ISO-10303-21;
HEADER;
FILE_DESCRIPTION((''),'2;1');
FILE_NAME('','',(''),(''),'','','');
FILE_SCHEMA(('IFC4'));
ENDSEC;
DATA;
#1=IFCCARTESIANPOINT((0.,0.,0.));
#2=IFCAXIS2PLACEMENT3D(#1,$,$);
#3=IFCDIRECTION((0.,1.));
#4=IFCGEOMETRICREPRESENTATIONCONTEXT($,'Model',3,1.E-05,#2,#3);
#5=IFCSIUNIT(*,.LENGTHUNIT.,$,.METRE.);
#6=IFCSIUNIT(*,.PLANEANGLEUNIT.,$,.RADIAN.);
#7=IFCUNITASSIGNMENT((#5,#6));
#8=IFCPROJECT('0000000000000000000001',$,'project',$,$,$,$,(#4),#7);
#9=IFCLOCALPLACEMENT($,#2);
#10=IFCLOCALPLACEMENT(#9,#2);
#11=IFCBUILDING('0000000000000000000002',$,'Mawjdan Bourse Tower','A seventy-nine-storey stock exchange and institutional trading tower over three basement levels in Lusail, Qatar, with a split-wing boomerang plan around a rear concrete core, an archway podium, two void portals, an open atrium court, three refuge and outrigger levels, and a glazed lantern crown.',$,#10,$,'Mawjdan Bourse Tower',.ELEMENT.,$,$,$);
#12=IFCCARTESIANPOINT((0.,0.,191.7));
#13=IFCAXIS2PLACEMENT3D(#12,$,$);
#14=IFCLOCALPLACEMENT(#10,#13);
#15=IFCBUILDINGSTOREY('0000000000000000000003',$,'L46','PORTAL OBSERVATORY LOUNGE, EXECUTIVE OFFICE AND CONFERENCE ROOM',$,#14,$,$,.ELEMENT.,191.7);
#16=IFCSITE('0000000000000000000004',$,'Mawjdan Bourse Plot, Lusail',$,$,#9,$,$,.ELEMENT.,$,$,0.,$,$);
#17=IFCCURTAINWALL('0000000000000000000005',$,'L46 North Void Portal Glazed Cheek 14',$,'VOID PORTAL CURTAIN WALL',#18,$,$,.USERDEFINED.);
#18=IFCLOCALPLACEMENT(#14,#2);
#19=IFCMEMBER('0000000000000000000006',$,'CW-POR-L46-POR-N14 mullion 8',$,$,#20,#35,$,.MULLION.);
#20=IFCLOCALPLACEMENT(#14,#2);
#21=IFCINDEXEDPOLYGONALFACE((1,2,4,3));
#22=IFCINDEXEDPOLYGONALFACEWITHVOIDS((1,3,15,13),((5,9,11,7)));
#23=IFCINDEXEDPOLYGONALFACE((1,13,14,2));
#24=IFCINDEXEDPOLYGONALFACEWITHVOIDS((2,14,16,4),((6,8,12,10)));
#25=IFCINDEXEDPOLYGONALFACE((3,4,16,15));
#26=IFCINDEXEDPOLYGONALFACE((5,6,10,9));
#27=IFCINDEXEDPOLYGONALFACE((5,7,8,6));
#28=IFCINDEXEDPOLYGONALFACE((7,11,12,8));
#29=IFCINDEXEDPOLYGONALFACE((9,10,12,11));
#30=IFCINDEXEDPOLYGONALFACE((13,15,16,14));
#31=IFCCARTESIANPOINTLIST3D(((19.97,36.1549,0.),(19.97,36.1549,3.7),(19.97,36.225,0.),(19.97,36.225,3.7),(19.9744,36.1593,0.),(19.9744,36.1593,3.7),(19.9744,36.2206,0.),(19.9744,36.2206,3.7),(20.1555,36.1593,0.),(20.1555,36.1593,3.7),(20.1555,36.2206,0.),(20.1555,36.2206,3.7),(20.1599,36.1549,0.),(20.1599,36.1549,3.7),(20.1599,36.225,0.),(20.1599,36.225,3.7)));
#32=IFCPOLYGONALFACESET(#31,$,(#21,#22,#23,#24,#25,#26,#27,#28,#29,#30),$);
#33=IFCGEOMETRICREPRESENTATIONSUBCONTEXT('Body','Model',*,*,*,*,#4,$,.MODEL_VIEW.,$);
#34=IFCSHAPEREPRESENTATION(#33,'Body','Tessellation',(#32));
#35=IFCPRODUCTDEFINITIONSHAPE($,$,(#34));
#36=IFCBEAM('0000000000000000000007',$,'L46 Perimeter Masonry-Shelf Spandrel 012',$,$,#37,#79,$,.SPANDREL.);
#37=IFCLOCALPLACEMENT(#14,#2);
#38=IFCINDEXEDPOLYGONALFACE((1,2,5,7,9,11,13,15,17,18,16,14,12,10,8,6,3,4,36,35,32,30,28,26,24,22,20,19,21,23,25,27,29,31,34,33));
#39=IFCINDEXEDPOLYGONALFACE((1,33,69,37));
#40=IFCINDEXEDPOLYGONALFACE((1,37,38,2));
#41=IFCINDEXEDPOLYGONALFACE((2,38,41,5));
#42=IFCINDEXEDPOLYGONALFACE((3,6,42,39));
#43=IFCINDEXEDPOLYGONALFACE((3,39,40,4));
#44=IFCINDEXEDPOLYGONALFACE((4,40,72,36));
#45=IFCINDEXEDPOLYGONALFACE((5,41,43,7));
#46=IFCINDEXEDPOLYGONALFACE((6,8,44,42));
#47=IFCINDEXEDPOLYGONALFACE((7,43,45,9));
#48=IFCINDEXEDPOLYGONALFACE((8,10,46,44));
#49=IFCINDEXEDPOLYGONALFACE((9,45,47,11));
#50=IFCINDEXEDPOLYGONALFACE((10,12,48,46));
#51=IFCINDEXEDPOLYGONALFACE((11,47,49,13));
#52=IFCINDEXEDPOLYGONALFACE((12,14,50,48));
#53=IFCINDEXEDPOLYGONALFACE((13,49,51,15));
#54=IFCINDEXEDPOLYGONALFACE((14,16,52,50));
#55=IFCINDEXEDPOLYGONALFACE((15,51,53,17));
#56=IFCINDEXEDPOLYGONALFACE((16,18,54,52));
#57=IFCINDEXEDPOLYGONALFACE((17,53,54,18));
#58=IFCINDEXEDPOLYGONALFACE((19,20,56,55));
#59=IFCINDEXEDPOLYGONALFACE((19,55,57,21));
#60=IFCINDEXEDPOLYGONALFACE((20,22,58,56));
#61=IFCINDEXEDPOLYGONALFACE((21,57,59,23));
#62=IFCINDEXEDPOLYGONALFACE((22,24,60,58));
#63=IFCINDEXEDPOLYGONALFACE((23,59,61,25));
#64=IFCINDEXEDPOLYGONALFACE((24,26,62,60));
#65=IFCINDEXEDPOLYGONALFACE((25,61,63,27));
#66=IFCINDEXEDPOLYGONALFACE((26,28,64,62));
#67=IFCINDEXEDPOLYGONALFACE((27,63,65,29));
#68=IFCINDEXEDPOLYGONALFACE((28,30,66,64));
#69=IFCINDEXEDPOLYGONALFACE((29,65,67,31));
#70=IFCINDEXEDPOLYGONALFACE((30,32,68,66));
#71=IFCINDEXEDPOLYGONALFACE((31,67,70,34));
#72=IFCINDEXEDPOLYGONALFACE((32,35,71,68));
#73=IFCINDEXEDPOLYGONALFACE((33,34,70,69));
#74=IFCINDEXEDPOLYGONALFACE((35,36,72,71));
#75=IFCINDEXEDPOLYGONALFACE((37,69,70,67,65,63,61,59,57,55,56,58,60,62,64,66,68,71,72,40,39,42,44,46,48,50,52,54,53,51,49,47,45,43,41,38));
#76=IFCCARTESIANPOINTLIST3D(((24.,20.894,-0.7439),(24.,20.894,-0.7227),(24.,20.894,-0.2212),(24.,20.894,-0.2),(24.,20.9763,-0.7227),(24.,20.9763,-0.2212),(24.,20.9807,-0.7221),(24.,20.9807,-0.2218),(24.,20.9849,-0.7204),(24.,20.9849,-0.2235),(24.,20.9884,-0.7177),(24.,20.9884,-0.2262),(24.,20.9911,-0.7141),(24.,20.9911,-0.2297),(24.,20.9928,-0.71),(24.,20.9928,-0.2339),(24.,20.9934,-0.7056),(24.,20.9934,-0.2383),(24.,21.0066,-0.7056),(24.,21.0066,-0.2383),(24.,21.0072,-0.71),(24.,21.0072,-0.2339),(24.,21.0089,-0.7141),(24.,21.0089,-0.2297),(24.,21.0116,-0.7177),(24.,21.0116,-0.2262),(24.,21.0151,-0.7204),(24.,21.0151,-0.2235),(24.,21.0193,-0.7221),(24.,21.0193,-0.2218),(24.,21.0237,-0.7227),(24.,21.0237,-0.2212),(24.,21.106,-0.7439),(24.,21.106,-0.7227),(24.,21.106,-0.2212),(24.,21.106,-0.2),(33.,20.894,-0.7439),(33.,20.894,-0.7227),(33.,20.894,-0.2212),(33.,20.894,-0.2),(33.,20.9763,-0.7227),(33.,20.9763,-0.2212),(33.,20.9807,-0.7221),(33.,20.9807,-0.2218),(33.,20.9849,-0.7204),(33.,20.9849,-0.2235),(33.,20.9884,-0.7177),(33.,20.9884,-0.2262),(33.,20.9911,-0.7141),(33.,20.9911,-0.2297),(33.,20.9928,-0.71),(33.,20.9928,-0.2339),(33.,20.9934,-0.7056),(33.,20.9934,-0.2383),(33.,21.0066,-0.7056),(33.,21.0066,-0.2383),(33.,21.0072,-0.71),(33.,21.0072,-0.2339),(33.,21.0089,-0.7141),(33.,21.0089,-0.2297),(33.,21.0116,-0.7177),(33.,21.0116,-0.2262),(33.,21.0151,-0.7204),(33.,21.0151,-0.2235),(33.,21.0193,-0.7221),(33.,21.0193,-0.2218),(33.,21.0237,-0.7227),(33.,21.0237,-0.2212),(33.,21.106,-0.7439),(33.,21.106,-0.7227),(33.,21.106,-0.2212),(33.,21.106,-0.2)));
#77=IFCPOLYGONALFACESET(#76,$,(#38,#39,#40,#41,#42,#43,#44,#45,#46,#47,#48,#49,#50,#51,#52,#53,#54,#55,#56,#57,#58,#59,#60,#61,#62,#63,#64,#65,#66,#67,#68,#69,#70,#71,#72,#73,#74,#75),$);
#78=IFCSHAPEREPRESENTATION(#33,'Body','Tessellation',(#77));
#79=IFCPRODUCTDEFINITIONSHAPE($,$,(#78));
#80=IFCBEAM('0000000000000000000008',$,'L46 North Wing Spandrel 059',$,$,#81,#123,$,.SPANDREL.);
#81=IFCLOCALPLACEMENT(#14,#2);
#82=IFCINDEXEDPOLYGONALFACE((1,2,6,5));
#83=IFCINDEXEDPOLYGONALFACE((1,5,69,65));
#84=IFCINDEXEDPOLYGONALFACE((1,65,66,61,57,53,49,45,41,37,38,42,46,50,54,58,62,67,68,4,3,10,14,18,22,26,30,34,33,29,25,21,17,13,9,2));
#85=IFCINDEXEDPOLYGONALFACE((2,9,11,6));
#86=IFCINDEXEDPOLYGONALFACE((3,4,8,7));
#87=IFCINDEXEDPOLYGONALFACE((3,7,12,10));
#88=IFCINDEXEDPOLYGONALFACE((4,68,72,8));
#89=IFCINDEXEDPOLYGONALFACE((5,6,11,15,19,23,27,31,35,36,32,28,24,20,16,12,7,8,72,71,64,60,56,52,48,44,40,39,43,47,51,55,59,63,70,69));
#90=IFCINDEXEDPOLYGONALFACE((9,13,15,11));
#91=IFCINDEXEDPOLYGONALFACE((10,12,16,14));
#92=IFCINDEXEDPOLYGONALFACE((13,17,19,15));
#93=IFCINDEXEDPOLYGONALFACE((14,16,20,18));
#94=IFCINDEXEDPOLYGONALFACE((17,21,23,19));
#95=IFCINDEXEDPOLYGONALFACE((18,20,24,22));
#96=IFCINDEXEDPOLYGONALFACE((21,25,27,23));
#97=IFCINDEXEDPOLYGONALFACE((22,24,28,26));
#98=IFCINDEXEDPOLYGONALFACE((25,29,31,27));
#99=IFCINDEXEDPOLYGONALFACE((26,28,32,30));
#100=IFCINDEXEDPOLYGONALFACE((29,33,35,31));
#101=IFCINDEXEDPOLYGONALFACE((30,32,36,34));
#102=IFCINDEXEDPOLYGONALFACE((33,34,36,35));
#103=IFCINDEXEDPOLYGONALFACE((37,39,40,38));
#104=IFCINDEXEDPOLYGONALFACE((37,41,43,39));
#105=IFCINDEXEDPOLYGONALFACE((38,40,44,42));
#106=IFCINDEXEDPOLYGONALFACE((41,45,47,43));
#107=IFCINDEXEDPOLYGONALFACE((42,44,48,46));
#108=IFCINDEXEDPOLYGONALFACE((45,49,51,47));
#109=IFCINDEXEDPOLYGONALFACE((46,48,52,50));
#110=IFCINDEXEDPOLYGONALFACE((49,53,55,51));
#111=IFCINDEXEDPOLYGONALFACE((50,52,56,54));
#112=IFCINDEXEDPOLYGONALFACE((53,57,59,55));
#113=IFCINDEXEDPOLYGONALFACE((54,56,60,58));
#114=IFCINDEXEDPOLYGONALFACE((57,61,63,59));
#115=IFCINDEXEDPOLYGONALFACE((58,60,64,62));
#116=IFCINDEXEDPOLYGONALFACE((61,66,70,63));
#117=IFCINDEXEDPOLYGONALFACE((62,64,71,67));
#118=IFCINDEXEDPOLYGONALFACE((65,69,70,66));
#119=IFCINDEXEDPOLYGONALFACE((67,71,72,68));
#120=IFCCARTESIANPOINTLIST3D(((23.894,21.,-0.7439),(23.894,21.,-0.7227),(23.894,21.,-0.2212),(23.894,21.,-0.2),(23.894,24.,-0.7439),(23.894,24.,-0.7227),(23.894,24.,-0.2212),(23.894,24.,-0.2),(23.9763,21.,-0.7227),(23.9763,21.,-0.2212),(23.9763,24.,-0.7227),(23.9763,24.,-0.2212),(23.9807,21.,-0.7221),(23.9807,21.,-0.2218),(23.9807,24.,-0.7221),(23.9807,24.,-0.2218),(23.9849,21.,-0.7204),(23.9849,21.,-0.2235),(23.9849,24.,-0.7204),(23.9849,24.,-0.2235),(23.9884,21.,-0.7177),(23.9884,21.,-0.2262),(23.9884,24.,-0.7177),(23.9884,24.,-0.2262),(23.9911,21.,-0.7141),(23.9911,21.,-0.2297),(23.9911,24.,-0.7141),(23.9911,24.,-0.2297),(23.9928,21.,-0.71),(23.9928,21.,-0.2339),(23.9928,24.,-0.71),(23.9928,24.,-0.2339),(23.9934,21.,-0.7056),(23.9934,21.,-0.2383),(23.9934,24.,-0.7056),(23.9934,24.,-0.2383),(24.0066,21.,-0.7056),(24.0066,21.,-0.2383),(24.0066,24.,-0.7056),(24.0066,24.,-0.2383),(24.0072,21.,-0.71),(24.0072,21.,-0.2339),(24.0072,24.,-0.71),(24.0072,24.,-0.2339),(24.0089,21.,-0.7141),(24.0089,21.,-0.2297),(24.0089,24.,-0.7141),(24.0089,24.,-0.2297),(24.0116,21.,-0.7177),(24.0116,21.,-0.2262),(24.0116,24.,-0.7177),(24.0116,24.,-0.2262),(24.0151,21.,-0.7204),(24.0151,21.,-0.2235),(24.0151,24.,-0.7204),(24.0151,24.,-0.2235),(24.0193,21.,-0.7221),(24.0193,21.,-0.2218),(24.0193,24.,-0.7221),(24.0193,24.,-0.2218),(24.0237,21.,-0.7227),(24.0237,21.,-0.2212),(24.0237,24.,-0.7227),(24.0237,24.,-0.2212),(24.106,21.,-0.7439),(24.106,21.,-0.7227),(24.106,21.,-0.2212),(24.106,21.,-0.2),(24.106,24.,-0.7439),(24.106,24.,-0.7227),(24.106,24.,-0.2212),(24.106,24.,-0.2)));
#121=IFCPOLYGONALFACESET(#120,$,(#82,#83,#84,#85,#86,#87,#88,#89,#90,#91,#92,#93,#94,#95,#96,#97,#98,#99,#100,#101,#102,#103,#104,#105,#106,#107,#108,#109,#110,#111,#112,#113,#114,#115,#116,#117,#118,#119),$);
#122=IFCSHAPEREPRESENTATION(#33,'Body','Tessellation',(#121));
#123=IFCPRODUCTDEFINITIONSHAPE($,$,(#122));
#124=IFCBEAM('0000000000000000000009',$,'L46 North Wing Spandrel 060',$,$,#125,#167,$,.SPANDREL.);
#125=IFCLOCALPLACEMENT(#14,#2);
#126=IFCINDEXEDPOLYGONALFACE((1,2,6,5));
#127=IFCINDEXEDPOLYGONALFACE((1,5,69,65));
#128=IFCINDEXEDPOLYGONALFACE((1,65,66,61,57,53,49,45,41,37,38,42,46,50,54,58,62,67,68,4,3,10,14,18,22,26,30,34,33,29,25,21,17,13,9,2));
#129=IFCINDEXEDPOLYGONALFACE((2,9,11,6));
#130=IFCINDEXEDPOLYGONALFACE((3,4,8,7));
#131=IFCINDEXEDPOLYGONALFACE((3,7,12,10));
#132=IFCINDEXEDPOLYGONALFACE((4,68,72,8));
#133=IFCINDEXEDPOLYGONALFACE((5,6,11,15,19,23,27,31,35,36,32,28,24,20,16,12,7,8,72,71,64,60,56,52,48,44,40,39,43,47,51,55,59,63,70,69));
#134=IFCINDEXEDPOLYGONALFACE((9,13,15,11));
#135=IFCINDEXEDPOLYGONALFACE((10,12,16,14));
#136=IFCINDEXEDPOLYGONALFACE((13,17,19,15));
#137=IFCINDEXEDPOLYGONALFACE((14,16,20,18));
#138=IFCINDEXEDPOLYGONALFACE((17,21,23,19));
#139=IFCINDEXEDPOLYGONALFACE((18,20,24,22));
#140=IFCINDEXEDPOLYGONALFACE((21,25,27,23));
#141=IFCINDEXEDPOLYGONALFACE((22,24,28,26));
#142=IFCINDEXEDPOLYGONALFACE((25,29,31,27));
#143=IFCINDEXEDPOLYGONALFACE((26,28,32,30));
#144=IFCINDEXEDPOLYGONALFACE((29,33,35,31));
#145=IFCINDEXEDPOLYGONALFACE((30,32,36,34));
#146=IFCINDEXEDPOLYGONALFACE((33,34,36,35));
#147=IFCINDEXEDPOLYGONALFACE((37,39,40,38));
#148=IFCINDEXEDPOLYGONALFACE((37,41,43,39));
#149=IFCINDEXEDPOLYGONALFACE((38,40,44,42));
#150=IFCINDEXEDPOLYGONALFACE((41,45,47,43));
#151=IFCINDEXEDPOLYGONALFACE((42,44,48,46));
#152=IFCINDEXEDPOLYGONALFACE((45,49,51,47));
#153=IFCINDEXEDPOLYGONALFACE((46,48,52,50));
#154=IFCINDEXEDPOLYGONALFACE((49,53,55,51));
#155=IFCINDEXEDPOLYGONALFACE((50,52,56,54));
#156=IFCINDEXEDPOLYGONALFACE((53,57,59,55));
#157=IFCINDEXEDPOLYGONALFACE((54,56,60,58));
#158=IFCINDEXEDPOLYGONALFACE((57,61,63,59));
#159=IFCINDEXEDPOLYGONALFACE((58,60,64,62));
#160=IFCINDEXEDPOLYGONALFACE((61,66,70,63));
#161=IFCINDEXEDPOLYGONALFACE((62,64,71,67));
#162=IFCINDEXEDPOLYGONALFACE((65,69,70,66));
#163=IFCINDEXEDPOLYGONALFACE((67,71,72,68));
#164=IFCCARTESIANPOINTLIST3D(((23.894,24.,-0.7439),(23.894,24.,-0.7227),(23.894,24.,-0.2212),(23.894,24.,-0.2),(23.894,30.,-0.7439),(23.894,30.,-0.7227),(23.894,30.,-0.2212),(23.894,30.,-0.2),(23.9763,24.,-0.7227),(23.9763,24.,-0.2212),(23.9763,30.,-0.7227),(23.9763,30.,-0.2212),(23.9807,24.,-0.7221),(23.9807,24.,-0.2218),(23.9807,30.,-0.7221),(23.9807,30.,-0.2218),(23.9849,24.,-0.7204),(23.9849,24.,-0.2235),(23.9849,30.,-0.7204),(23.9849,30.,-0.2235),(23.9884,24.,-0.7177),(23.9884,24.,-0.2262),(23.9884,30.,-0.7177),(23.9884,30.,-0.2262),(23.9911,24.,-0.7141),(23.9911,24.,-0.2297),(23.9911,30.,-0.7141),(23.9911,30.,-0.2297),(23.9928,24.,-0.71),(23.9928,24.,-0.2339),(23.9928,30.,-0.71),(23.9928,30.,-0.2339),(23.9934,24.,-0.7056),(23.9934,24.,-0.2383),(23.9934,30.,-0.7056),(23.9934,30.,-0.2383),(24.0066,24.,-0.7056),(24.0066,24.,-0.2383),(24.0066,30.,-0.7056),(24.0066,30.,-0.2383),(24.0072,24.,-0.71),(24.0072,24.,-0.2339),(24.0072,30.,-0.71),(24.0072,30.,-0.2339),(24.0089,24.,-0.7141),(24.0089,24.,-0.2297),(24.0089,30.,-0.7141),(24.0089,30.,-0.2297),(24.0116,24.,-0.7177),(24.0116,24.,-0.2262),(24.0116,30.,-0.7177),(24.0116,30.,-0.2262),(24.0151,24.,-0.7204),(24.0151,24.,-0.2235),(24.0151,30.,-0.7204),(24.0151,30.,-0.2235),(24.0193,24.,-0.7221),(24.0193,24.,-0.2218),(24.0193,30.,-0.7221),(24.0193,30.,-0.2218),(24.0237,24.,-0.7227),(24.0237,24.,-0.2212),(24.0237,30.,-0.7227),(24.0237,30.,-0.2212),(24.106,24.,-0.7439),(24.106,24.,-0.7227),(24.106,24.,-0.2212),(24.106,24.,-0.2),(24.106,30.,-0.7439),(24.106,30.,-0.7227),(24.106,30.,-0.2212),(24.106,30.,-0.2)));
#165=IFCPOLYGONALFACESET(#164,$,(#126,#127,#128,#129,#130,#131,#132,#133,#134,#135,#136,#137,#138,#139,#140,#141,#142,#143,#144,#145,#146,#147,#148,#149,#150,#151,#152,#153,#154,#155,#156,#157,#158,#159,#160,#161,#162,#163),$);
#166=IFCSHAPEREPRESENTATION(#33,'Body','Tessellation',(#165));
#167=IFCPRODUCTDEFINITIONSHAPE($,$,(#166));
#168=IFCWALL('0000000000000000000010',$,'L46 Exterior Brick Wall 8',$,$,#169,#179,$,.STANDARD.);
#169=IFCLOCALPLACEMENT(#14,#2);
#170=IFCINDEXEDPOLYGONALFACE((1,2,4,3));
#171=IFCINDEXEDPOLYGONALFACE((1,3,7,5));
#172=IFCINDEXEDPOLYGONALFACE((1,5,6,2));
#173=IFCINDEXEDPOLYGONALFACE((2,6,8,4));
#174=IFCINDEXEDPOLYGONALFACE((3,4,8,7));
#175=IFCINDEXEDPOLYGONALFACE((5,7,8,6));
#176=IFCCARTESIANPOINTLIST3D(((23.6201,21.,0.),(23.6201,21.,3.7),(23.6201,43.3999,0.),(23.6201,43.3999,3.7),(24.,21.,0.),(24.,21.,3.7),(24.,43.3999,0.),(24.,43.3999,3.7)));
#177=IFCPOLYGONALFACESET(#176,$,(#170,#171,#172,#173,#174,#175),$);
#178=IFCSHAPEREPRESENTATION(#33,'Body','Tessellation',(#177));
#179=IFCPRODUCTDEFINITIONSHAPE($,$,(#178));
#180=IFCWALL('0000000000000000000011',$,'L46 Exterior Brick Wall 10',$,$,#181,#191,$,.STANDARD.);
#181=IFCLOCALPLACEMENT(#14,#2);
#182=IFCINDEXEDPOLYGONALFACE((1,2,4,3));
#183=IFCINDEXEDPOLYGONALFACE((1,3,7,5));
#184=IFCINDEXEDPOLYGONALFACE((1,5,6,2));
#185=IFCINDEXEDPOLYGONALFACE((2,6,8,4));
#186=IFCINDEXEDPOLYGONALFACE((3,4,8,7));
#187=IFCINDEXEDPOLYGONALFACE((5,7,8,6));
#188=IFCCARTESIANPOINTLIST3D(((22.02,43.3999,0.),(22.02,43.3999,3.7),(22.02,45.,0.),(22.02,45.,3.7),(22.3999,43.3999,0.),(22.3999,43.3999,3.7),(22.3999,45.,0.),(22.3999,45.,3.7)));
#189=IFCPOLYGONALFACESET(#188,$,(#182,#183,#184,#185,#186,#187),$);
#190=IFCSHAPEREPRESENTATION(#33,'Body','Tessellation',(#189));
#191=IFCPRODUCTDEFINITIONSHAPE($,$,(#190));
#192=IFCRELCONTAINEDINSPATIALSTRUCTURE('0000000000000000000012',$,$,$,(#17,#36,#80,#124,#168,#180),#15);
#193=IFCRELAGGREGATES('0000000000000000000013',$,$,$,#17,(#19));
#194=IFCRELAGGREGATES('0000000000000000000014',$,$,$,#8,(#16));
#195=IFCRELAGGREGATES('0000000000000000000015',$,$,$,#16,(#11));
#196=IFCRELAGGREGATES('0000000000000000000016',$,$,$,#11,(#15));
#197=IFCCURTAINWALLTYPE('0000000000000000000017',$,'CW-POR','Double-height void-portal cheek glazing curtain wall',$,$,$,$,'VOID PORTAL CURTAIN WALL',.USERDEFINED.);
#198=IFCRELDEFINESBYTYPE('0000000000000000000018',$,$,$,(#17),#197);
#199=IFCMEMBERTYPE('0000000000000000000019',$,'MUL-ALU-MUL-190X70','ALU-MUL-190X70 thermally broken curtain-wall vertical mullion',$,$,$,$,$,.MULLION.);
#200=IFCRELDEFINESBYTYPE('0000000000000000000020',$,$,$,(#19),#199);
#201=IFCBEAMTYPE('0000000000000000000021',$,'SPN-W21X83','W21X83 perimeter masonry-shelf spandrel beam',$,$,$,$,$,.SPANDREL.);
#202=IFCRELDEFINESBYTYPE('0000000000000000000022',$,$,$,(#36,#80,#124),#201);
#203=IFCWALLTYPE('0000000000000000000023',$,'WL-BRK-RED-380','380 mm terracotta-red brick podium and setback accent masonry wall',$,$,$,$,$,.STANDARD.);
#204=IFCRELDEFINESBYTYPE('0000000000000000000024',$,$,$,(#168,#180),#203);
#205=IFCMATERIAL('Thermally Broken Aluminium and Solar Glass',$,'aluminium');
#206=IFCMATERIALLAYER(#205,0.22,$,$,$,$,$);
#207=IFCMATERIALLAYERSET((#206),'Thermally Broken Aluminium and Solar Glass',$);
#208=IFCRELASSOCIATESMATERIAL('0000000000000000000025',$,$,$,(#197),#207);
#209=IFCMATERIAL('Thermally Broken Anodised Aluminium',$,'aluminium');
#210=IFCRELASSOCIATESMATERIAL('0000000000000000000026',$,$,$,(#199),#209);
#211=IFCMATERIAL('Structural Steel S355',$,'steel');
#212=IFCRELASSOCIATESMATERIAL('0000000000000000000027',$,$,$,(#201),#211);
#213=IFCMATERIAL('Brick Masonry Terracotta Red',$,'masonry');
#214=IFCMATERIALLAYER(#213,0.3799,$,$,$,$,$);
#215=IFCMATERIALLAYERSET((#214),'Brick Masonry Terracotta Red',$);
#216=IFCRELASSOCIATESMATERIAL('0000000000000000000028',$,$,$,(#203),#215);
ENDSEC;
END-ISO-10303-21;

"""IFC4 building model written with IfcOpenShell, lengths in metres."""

from ifc_helpers import new_model, si_unit, direction, frame, frame_2d, origin, origin_2d, place, context, subcontext, project, spatial, rectangle, hollow_rectangle, i_section, extrude, material, layer, layer_set, material_profile, profile_set, type_object, element, aggregate, save


model = new_model("IFC4")

# Units and contexts
model_context = context("Model", 3, precision=1e-05, world=origin(), true_north=direction((0.0, 1.0)))
body_context = subcontext(model_context, "Body", "Model", "MODEL_VIEW")
ifc_project = project(units=[si_unit("LENGTHUNIT", "METRE"), si_unit("PLANEANGLEUNIT", "RADIAN")], contexts=[model_context])

# Site, building, storey
site_placement = place(None, origin())
site = spatial("IfcSite", under=ifc_project, at=site_placement, Name="Mawjdan Bourse Plot, Lusail", CompositionType="ELEMENT", RefElevation=0.0)
building_placement = place(site_placement, origin())
building = spatial("IfcBuilding", under=site, at=building_placement, Name="Mawjdan Bourse Tower", Description="A seventy-nine-storey stock exchange and institutional trading tower over three basement levels in Lusail, Qatar, with a split-wing boomerang plan around a rear concrete core, an archway podium, two void portals, an open atrium court, three refuge and outrigger levels, and a glazed lantern crown.", LongName="Mawjdan Bourse Tower", CompositionType="ELEMENT")
storey_placement = place(building_placement, frame((0.0, 0.0, 191.7)))
storey = spatial("IfcBuildingStorey", under=building, at=storey_placement, Name="L46", Description="PORTAL OBSERVATORY LOUNGE, EXECUTIVE OFFICE AND CONFERENCE ROOM", CompositionType="ELEMENT", Elevation=191.7)

# Shared definitions
ifc_material_1 = material(Name="Structural Steel S355", Category="steel")

# Curtain wall, member
ifc_material_2 = material(Name="Thermally Broken Aluminium and Solar Glass", Category="aluminium")
ifc_layer_1 = layer(ifc_material_2, 0.22)
ifc_layer_set_1 = layer_set([ifc_layer_1], Name="Thermally Broken Aluminium and Solar Glass")
curtain_wall_type = type_object("IfcCurtainWallType", Name="CW-POR", Description="Double-height void-portal cheek glazing curtain wall", ElementType="VOID PORTAL CURTAIN WALL", PredefinedType="USERDEFINED", material=ifc_layer_set_1)
curtain_wall_placement = place(storey_placement, origin())
curtain_wall = element("IfcCurtainWall", 1, at=curtain_wall_placement, inside=storey, type_object=curtain_wall_type, Name="L46 North Void Portal Glazed Cheek 14", ObjectType="VOID PORTAL CURTAIN WALL", PredefinedType="USERDEFINED")
ifc_material_3 = material(Name="Thermally Broken Anodised Aluminium", Category="aluminium")
ifc_material_profile_1 = material_profile(ifc_material_3, hollow_rectangle(XDim=0.0701, YDim=0.1899, WallThickness=0.0044, at=origin_2d()), Name="ALU-MUL-190X70")
ifc_profile_set_1 = profile_set([ifc_material_profile_1], Name="Thermally Broken Anodised Aluminium")
member_type = type_object("IfcMemberType", Name="MUL-ALU-MUL-190X70", Description="ALU-MUL-190X70 thermally broken curtain-wall vertical mullion", PredefinedType="MULLION", material=ifc_profile_set_1)
member_placement = place(storey_placement, frame((20.0649, 36.1899, 0.0), z_axis=(0.0, 0.0, 1.0), x_axis=(0.0, 1.0, 0.0)))
member = element("IfcMember", 2, at=member_placement, type_object=member_type, Name="CW-POR-L46-POR-N14 mullion 8", PredefinedType="MULLION", context=body_context, shape_type="SweptSolid", body=[
    extrude(hollow_rectangle(XDim=0.0701, YDim=0.1899, WallThickness=0.0044, at=origin_2d()), origin(), (0.0, 0.0, 1.0), 3.7),
])
aggregate(curtain_wall, [member])

# Beams
ifc_material_profile_2 = material_profile(ifc_material_1, i_section(OverallWidth=0.2119, OverallDepth=0.5439, WebThickness=0.0132, FlangeThickness=0.0212, FilletRadius=0.0171, at=origin_2d()), Name="W21X83")
ifc_profile_set_2 = profile_set([ifc_material_profile_2], Name="Structural Steel S355")
beam_type_1 = type_object("IfcBeamType", Name="SPN-W21X83", Description="W21X83 perimeter masonry-shelf spandrel beam", PredefinedType="SPANDREL", material=ifc_profile_set_2)
beam_1_placement = place(storey_placement, frame((24.0, 21.0, -0.4719), z_axis=(1.0, 0.0, 0.0), x_axis=(0.0, 1.0, 0.0)))
element("IfcBeam", 3, at=beam_1_placement, inside=storey, type_object=beam_type_1, Name="L46 Perimeter Masonry-Shelf Spandrel 012", PredefinedType="SPANDREL", context=body_context, shape_type="SweptSolid", body=[
    extrude(i_section(OverallWidth=0.2119, OverallDepth=0.5439, WebThickness=0.0132, FlangeThickness=0.0212, FilletRadius=0.0171, at=origin_2d()), origin(), (0.0, 0.0, 1.0), 9.0),
])
beam_2_placement = place(storey_placement, frame((24.0, 21.0, -0.4719), z_axis=(0.0, 1.0, 0.0), x_axis=(-1.0, 0.0, 0.0)))
element("IfcBeam", 4, at=beam_2_placement, inside=storey, type_object=beam_type_1, Name="L46 North Wing Spandrel 059", PredefinedType="SPANDREL", context=body_context, shape_type="SweptSolid", body=[
    extrude(i_section(OverallWidth=0.2119, OverallDepth=0.5439, WebThickness=0.0132, FlangeThickness=0.0212, FilletRadius=0.0171, at=origin_2d()), origin(), (0.0, 0.0, 1.0), 3.0),
])
beam_3_placement = place(storey_placement, frame((24.0, 24.0, -0.4719), z_axis=(0.0, 1.0, 0.0), x_axis=(-1.0, 0.0, 0.0)))
element("IfcBeam", 5, at=beam_3_placement, inside=storey, type_object=beam_type_1, Name="L46 North Wing Spandrel 060", PredefinedType="SPANDREL", context=body_context, shape_type="SweptSolid", body=[
    extrude(i_section(OverallWidth=0.2119, OverallDepth=0.5439, WebThickness=0.0132, FlangeThickness=0.0212, FilletRadius=0.0171, at=origin_2d()), origin(), (0.0, 0.0, 1.0), 6.0),
])

# Walls
ifc_material_4 = material(Name="Brick Masonry Terracotta Red", Category="masonry")
ifc_layer_2 = layer(ifc_material_4, 0.3799)
ifc_layer_set_2 = layer_set([ifc_layer_2], Name="Brick Masonry Terracotta Red")
wall_type_1 = type_object("IfcWallType", Name="WL-BRK-RED-380", Description="380 mm terracotta-red brick podium and setback accent masonry wall", PredefinedType="STANDARD", material=ifc_layer_set_2)
wall_1_placement = place(storey_placement, frame((23.8101, 21.0, 0.0), z_axis=(0.0, 0.0, 1.0), x_axis=(0.0, 1.0, 0.0)))
element("IfcWall", 6, at=wall_1_placement, inside=storey, type_object=wall_type_1, Name="L46 Exterior Brick Wall 8", PredefinedType="STANDARD", context=body_context, shape_type="SweptSolid", body=[
    extrude(rectangle(XDim=22.3999, YDim=0.3799, at=frame_2d((11.2, 0.0))), origin(), (0.0, 0.0, 1.0), 3.7),
])
wall_2_placement = place(storey_placement, frame((22.21, 43.3999, 0.0), z_axis=(0.0, 0.0, 1.0), x_axis=(0.0, 1.0, 0.0)))
element("IfcWall", 7, at=wall_2_placement, inside=storey, type_object=wall_type_1, Name="L46 Exterior Brick Wall 10", PredefinedType="STANDARD", context=body_context, shape_type="SweptSolid", body=[
    extrude(rectangle(XDim=1.6001, YDim=0.3799, at=frame_2d((0.8, 0.0))), origin(), (0.0, 0.0, 1.0), 3.7),
])

save(model, "model.ifc")
